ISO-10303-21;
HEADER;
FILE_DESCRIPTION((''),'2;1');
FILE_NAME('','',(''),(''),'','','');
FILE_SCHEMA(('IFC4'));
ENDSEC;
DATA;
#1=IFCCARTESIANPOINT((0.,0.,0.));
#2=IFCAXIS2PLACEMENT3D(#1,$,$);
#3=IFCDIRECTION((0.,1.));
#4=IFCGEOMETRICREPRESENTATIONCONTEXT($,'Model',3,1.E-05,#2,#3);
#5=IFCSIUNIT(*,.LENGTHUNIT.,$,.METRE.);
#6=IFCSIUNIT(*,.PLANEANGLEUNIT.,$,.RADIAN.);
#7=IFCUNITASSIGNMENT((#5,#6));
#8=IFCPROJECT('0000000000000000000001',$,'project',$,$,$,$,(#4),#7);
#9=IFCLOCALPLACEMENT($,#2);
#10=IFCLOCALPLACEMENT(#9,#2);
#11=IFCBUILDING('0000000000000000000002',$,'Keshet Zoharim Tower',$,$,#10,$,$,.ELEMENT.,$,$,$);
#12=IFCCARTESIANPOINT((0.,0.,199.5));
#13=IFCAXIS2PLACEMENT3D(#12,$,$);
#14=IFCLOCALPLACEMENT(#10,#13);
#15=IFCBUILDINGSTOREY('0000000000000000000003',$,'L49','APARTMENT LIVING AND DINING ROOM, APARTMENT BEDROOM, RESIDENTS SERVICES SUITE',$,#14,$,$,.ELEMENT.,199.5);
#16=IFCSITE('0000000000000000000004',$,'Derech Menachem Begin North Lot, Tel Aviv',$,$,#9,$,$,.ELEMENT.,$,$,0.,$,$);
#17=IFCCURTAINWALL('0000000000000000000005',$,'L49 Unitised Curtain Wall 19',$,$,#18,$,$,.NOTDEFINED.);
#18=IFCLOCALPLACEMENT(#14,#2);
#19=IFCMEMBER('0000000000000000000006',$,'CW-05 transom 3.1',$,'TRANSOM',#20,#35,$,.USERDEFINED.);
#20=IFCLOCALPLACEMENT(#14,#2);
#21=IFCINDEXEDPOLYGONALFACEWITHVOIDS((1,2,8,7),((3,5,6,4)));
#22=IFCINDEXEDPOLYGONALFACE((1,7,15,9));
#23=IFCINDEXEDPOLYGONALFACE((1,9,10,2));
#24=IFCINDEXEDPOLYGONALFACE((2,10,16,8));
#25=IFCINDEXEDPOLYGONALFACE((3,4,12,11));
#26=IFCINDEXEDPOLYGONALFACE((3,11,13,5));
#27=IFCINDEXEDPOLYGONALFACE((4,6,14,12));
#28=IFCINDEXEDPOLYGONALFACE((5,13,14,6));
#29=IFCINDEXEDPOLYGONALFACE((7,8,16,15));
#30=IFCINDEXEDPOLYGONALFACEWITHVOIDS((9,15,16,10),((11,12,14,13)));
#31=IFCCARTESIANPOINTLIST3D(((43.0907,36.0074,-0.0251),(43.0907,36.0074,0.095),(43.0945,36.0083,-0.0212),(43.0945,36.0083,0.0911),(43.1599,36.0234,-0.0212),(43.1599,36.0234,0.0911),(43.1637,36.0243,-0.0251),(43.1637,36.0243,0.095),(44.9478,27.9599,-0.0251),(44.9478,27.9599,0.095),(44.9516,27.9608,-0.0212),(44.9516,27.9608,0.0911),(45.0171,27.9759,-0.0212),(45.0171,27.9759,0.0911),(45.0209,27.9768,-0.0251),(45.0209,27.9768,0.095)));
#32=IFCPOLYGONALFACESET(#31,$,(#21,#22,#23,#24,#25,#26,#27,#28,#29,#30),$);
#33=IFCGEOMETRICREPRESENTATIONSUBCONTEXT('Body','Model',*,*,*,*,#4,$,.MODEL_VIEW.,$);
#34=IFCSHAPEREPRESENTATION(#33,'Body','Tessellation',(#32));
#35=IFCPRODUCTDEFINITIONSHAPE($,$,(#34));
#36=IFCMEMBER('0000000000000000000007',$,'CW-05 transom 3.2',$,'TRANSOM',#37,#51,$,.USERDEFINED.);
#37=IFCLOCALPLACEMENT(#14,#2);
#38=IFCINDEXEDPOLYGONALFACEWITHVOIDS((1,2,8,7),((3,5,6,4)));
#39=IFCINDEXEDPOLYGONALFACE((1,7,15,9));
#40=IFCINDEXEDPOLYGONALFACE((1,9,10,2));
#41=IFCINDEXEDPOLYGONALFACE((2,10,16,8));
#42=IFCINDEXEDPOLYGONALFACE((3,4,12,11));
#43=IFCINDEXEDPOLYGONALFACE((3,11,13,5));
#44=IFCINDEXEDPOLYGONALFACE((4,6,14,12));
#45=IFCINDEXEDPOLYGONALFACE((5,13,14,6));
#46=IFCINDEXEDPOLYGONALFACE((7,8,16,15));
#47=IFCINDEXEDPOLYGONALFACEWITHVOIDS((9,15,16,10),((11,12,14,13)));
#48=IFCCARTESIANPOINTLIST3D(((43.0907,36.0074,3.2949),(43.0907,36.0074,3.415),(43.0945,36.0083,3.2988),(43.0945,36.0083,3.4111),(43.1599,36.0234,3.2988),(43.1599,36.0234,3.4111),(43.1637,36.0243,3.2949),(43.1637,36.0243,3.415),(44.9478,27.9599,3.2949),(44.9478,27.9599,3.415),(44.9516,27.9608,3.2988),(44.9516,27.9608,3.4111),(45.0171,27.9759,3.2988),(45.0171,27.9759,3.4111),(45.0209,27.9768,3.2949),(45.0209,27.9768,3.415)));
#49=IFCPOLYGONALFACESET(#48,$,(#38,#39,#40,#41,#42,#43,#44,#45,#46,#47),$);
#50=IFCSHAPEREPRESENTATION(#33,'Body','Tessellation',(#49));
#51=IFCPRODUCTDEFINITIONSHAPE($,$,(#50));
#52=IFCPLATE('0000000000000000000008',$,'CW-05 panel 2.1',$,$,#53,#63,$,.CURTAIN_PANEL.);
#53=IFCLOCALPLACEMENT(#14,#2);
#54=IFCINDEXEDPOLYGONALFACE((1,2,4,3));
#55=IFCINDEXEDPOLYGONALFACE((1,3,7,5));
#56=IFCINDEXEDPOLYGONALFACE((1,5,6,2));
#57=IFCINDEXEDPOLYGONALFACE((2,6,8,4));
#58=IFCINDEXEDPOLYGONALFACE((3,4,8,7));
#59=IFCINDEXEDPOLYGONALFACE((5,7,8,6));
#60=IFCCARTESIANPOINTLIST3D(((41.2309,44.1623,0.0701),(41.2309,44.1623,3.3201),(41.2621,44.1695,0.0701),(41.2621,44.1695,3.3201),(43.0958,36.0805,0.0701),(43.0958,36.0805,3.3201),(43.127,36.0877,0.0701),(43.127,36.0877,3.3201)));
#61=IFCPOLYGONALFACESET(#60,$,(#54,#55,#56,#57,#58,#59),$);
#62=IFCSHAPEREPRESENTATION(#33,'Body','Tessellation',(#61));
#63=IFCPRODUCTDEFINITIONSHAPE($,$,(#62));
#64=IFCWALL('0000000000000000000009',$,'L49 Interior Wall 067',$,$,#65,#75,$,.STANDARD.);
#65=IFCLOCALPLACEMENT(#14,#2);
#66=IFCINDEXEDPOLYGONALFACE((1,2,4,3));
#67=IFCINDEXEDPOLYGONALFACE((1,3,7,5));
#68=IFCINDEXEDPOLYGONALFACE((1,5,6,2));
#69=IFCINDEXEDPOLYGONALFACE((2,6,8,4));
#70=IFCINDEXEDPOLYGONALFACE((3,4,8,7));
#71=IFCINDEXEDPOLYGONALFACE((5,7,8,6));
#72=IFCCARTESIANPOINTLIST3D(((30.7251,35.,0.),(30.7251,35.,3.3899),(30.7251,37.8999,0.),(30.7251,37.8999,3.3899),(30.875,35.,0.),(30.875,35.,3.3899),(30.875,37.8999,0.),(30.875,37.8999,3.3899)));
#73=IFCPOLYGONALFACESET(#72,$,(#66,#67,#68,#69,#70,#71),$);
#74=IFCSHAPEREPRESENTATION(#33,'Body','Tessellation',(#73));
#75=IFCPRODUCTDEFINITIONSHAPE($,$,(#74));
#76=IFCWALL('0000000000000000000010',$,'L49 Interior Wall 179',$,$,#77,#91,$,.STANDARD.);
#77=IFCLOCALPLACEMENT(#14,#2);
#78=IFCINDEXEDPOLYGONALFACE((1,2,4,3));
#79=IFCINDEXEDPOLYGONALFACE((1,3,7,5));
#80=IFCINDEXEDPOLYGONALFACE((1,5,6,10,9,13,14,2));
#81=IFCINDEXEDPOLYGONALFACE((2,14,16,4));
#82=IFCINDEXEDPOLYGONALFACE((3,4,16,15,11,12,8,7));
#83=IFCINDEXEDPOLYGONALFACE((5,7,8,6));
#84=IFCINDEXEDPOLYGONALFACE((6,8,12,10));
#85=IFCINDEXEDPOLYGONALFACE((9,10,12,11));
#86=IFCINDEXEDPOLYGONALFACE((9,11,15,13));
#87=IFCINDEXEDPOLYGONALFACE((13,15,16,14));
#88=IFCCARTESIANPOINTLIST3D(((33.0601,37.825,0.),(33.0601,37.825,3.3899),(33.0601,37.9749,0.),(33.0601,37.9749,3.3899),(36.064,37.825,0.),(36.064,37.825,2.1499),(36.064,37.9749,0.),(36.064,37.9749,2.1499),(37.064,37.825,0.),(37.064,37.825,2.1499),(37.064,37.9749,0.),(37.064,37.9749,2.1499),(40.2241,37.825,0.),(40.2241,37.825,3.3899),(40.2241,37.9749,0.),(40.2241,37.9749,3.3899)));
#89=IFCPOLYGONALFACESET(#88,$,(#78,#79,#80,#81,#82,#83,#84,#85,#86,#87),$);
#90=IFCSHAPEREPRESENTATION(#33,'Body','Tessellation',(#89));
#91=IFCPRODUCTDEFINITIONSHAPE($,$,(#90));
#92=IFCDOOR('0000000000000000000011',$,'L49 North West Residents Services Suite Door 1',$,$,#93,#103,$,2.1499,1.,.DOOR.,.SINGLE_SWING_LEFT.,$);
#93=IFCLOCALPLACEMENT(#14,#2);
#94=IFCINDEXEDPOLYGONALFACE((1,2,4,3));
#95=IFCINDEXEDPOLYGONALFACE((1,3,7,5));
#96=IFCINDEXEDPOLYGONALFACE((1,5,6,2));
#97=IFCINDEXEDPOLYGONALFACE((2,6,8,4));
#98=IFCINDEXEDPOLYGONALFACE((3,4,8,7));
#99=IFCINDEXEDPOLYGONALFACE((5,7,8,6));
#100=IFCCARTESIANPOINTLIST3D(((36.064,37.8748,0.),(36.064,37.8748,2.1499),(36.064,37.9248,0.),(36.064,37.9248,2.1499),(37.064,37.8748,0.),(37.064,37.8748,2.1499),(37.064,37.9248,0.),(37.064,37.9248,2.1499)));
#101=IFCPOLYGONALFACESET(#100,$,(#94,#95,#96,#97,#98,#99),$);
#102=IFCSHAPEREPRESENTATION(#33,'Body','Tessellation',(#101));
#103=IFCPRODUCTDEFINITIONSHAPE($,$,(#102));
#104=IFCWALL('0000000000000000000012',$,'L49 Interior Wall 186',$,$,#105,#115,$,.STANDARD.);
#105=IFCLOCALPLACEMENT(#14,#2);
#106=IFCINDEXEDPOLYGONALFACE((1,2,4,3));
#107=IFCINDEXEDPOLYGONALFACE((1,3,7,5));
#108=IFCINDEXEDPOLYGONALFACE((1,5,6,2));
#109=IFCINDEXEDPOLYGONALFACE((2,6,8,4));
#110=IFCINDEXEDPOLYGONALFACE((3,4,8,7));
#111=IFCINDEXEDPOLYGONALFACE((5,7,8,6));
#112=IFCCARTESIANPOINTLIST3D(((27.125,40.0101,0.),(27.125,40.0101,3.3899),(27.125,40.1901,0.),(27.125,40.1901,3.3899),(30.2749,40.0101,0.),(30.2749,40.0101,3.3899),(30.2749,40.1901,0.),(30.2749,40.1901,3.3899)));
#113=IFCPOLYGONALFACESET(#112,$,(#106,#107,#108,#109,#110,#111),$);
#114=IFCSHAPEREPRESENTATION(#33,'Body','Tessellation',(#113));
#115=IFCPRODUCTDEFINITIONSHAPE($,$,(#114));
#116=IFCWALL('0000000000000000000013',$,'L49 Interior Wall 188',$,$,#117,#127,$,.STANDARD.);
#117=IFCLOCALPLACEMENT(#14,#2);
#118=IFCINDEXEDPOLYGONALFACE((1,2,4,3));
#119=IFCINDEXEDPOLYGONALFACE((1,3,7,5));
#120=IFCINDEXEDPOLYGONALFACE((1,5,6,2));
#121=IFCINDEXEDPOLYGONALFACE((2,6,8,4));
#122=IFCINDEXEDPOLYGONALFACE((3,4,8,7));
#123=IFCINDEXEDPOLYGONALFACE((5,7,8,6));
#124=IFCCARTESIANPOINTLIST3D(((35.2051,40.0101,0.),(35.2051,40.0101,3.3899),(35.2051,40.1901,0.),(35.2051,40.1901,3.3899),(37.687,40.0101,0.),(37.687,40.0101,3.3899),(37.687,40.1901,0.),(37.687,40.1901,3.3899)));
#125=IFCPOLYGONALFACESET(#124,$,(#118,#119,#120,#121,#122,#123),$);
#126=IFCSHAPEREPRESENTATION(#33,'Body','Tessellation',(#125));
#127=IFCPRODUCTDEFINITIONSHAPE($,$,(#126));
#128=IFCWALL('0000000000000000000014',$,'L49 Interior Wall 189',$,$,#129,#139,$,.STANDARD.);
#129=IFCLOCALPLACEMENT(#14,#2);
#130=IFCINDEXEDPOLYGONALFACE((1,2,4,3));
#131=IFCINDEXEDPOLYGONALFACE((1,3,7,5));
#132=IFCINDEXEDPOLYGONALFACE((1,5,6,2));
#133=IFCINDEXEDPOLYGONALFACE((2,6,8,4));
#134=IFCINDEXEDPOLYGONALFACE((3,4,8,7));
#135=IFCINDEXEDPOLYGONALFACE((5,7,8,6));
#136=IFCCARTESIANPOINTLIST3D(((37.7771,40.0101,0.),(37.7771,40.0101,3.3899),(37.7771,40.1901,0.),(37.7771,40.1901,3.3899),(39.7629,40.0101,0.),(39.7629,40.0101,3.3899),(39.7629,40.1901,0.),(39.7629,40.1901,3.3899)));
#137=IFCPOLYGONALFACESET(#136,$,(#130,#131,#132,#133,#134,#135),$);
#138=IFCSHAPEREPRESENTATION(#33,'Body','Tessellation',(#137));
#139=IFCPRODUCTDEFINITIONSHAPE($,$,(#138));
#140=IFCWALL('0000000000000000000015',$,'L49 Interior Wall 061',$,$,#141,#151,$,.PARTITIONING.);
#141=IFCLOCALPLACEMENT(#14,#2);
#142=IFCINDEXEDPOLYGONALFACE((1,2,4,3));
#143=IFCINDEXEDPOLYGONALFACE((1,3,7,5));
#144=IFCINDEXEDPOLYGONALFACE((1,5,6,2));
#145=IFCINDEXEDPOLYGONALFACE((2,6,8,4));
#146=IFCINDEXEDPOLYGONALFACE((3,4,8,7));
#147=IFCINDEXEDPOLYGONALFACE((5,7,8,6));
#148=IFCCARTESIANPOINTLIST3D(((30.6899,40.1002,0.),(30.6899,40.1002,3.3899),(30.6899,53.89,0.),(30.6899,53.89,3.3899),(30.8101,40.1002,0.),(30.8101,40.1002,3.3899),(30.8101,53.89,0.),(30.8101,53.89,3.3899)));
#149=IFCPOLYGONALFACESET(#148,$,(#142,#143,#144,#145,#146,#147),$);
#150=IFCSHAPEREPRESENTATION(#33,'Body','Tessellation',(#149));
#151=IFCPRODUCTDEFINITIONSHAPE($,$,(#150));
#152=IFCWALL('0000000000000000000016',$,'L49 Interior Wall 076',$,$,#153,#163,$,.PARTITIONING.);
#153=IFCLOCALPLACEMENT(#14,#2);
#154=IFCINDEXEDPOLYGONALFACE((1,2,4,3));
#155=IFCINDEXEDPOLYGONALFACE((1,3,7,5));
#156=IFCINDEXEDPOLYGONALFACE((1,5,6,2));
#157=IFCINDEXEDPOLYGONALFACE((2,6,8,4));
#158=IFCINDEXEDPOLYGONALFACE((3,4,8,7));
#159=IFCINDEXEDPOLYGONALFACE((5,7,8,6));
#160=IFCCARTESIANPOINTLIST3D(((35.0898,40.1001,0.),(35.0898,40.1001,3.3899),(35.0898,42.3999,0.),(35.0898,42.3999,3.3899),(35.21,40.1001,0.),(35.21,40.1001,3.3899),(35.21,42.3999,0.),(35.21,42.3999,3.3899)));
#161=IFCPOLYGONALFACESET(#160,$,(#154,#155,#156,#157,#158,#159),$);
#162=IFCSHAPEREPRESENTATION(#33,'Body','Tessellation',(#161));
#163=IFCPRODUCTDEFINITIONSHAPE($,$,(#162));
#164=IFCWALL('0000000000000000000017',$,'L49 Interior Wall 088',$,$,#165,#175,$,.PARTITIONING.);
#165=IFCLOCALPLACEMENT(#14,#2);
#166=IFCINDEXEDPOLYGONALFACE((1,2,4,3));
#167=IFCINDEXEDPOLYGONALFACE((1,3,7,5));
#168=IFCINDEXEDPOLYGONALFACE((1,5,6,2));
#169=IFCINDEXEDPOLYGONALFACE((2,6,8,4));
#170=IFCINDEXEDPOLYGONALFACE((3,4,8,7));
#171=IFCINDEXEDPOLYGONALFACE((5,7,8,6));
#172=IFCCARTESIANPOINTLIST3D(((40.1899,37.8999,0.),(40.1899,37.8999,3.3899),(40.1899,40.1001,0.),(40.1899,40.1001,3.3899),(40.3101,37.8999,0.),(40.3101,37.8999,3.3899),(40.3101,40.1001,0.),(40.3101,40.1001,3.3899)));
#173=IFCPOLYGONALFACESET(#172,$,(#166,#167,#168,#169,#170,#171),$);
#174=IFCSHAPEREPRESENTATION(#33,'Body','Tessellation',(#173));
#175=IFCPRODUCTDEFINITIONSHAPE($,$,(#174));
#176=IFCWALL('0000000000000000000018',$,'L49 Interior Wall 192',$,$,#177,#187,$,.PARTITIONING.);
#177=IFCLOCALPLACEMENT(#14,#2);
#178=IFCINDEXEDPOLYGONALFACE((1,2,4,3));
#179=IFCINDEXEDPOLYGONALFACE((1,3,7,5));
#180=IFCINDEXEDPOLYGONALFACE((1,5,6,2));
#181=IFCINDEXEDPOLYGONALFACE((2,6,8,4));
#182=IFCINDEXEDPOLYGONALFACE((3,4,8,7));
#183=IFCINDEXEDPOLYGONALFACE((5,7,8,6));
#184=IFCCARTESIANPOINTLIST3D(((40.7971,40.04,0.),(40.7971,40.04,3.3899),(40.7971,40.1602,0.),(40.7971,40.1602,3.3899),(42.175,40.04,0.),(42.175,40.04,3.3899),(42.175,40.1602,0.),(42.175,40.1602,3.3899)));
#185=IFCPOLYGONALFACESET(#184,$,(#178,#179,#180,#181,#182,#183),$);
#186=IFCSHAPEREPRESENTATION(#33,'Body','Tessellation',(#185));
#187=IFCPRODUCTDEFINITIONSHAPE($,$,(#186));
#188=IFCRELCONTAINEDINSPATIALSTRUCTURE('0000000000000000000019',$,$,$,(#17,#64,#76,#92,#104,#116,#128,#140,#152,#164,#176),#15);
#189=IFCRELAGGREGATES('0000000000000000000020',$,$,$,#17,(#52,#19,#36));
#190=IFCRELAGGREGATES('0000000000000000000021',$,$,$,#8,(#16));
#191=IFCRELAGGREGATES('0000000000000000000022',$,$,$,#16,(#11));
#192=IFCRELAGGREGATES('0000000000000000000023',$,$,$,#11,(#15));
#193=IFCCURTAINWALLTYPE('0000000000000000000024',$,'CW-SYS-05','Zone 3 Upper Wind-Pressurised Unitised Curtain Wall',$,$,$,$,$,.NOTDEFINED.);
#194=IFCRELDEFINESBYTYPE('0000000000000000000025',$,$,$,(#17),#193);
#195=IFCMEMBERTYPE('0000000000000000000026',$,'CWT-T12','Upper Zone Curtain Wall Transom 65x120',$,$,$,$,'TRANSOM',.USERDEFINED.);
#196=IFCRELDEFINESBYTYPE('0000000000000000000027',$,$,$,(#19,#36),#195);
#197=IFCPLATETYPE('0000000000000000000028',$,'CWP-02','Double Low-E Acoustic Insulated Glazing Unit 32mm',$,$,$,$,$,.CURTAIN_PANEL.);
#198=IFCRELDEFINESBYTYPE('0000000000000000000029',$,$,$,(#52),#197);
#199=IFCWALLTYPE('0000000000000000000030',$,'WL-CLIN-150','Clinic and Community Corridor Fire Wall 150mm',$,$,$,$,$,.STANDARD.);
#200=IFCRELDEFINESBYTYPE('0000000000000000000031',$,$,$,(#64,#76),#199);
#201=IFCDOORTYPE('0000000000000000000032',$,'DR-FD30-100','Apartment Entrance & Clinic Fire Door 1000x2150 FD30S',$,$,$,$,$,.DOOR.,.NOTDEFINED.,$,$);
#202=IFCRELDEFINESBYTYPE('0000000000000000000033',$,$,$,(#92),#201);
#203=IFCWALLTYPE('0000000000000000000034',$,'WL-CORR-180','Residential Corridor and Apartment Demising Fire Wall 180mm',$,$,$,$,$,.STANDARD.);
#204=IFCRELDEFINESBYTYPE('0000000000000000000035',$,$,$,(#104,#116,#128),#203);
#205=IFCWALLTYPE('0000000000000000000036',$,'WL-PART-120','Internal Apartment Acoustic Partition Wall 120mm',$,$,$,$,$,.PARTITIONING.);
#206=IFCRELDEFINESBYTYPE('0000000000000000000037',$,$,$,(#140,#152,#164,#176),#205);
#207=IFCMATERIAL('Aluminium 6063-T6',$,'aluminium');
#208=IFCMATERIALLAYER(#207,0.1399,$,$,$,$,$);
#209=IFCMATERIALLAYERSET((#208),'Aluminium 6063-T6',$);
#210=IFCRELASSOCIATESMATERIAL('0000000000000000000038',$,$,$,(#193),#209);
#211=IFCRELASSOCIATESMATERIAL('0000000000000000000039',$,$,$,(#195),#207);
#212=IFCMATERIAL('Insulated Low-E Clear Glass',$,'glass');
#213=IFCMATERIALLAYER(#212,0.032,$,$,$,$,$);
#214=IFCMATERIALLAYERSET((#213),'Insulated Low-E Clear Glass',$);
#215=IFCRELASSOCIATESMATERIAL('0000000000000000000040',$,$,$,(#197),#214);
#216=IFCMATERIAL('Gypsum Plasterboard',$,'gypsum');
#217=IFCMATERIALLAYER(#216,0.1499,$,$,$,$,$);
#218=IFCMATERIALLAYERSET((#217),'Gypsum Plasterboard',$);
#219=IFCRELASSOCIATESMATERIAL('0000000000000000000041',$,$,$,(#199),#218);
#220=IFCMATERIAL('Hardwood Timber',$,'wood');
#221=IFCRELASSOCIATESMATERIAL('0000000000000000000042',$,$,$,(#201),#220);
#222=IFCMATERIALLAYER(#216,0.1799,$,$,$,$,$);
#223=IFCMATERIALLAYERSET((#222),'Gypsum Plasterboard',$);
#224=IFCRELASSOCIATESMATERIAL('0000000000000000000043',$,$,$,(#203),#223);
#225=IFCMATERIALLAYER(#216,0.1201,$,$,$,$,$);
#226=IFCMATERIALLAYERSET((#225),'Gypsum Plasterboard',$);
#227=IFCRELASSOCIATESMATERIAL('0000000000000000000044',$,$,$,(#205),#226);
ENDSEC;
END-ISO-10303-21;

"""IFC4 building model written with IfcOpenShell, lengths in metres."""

from ifc_helpers import new_model, si_unit, direction, frame, frame_2d, origin, origin_2d, place, context, subcontext, project, spatial, rectangle, hollow_rectangle, extrude, material, layer, layer_set, material_profile, profile_set, type_object, element, fill, aggregate, save


model = new_model("IFC4")

# Units and contexts
model_context = context("Model", 3, precision=1e-05, world=origin(), true_north=direction((0.0, 1.0)))
body_context = subcontext(model_context, "Body", "Model", "MODEL_VIEW")
ifc_project = project(units=[si_unit("LENGTHUNIT", "METRE"), si_unit("PLANEANGLEUNIT", "RADIAN")], contexts=[model_context])

# Site, building, storey
site_placement = place(None, origin())
site = spatial("IfcSite", under=ifc_project, at=site_placement, Name="Derech Menachem Begin North Lot, Tel Aviv", CompositionType="ELEMENT", RefElevation=0.0)
building_placement = place(site_placement, origin())
building = spatial("IfcBuilding", under=site, at=building_placement, Name="Keshet Zoharim Tower", CompositionType="ELEMENT")
storey_placement = place(building_placement, frame((0.0, 0.0, 199.5)))
storey = spatial("IfcBuildingStorey", under=building, at=storey_placement, Name="L49", Description="APARTMENT LIVING AND DINING ROOM, APARTMENT BEDROOM, RESIDENTS SERVICES SUITE", CompositionType="ELEMENT", Elevation=199.5)

# Curtain wall, members, plate
ifc_material_1 = material(Name="Aluminium 6063-T6", Category="aluminium")
ifc_layer_1 = layer(ifc_material_1, 0.1399)
ifc_layer_set_1 = layer_set([ifc_layer_1], Name="Aluminium 6063-T6")
curtain_wall_type = type_object("IfcCurtainWallType", Name="CW-SYS-05", Description="Zone 3 Upper Wind-Pressurised Unitised Curtain Wall", PredefinedType="NOTDEFINED", material=ifc_layer_set_1)
curtain_wall_placement = place(storey_placement, origin())
curtain_wall = element("IfcCurtainWall", 1, at=curtain_wall_placement, inside=storey, type_object=curtain_wall_type, Name="L49 Unitised Curtain Wall 19", PredefinedType="NOTDEFINED")
ifc_material_profile_1 = material_profile(ifc_material_1, hollow_rectangle(XDim=0.075, YDim=0.1201, WallThickness=0.0039, at=origin_2d()), Name="TRN-75x120")
ifc_profile_set_1 = profile_set([ifc_material_profile_1], Name="Aluminium 6063-T6")
member_type_1 = type_object("IfcMemberType", Name="CWT-T12", Description="Upper Zone Curtain Wall Transom 65x120", ElementType="TRANSOM", PredefinedType="USERDEFINED", material=ifc_profile_set_1)
member_1_placement = place(storey_placement, frame((43.1272, 36.0159, 0.0349), z_axis=(0.224864, -0.97439, 0.0), x_axis=(0.97439, 0.224864, 0.0)))
member_1 = element("IfcMember", 2, at=member_1_placement, type_object=member_type_1, Name="CW-05 transom 3.1", ObjectType="TRANSOM", PredefinedType="USERDEFINED", context=body_context, shape_type="SweptSolid", body=[
    extrude(hollow_rectangle(XDim=0.075, YDim=0.1201, WallThickness=0.0039, at=origin_2d()), origin(), (0.0, 0.0, 1.0), 8.259),
])
member_2_placement = place(storey_placement, frame((43.1272, 36.0159, 3.355), z_axis=(0.224864, -0.97439, 0.0), x_axis=(0.97439, 0.224864, 0.0)))
member_2 = element("IfcMember", 3, at=member_2_placement, type_object=member_type_1, Name="CW-05 transom 3.2", ObjectType="TRANSOM", PredefinedType="USERDEFINED", context=body_context, shape_type="SweptSolid", body=[
    extrude(hollow_rectangle(XDim=0.075, YDim=0.1201, WallThickness=0.0039, at=origin_2d()), origin(), (0.0, 0.0, 1.0), 8.259),
])
ifc_material_2 = material(Name="Insulated Low-E Clear Glass", Category="glass")
ifc_layer_2 = layer(ifc_material_2, 0.032)
ifc_layer_set_2 = layer_set([ifc_layer_2], Name="Insulated Low-E Clear Glass")
plate_type = type_object("IfcPlateType", Name="CWP-02", Description="Double Low-E Acoustic Insulated Glazing Unit 32mm", PredefinedType="CURTAIN_PANEL", material=ifc_layer_set_2)
plate_placement = place(storey_placement, frame((42.179, 40.125, 0.0701), z_axis=(0.0, 0.0, 1.0), x_axis=(0.224848, -0.974394, 0.0)))
plate = element("IfcPlate", 4, at=plate_placement, type_object=plate_type, Name="CW-05 panel 2.1", PredefinedType="CURTAIN_PANEL", context=body_context, shape_type="SweptSolid", body=[
    extrude(rectangle(XDim=8.2942, YDim=0.032, at=origin_2d()), origin(), (0.0, 0.0, 1.0), 3.25),
])
aggregate(curtain_wall, [plate, member_1, member_2])

# Wall
ifc_material_3 = material(Name="Gypsum Plasterboard", Category="gypsum")
ifc_layer_3 = layer(ifc_material_3, 0.1499)
ifc_layer_set_3 = layer_set([ifc_layer_3], Name="Gypsum Plasterboard")
wall_type_1 = type_object("IfcWallType", Name="WL-CLIN-150", Description="Clinic and Community Corridor Fire Wall 150mm", PredefinedType="STANDARD", material=ifc_layer_set_3)
wall_1_placement = place(storey_placement, frame((30.8, 35.0, 0.0), z_axis=(0.0, 0.0, 1.0), x_axis=(0.0, 1.0, 0.0)))
element("IfcWall", 5, at=wall_1_placement, inside=storey, type_object=wall_type_1, Name="L49 Interior Wall 067", PredefinedType="STANDARD", context=body_context, shape_type="SweptSolid", body=[
    extrude(rectangle(XDim=2.8999, YDim=0.1499, at=frame_2d((1.45, 0.0))), origin(), (0.0, 0.0, 1.0), 3.3899),
])

# Wall, opening, door
wall_2_placement = place(storey_placement, frame((33.0601, 37.8999, 0.0), z_axis=(0.0, 0.0, 1.0), x_axis=(1.0, 0.0, 0.0)))
wall_2 = element("IfcWall", 6, at=wall_2_placement, inside=storey, type_object=wall_type_1, Name="L49 Interior Wall 179", PredefinedType="STANDARD", context=body_context, shape_type="SweptSolid", body=[
    extrude(rectangle(XDim=7.1641, YDim=0.1499, at=frame_2d((3.582, 0.0))), origin(), (0.0, 0.0, 1.0), 3.3899),
])
opening_1_placement = place(wall_2_placement, frame((3.0039, 0.0, 0.0)))
opening_1 = element("IfcOpeningElement", 7, at=opening_1_placement, cuts=wall_2, PredefinedType="OPENING", context=body_context, shape_type="SweptSolid", body=[
    extrude(rectangle(XDim=1.0, YDim=2.1499, at=frame_2d((0.5, 1.075))), frame((0.0, 0.085, 0.0), z_axis=(0.0, -1.0, 0.0), x_axis=(1.0, 0.0, 0.0)), (0.0, 0.0, 1.0), 0.1699),
])
ifc_material_4 = material(Name="Hardwood Timber", Category="wood")
door_type_1 = type_object("IfcDoorType", Name="DR-FD30-100", Description="Apartment Entrance & Clinic Fire Door 1000x2150 FD30S", OperationType="NOTDEFINED", PredefinedType="DOOR", material=ifc_material_4)
door_1_placement = place(opening_1_placement, origin())
door_1 = element("IfcDoor", 8, at=door_1_placement, inside=storey, type_object=door_type_1, Name="L49 North West Residents Services Suite Door 1", OperationType="SINGLE_SWING_LEFT", OverallHeight=2.1499, OverallWidth=1.0, PredefinedType="DOOR", context=body_context, shape_type="SweptSolid", body=[
    extrude(rectangle(XDim=1.0, YDim=2.1499, at=frame_2d((0.5, 1.075))), frame((0.0, 0.0249, 0.0), z_axis=(0.0, -1.0, 0.0), x_axis=(1.0, 0.0, 0.0)), (0.0, 0.0, 1.0), 0.05),
])
fill(opening_1, door_1)

# Wall
ifc_layer_4 = layer(ifc_material_3, 0.1799)
ifc_layer_set_4 = layer_set([ifc_layer_4], Name="Gypsum Plasterboard")
wall_type_2 = type_object("IfcWallType", Name="WL-CORR-180", Description="Residential Corridor and Apartment Demising Fire Wall 180mm", PredefinedType="STANDARD", material=ifc_layer_set_4)
wall_3_placement = place(storey_placement, frame((27.125, 40.1001, 0.0), z_axis=(0.0, 0.0, 1.0), x_axis=(1.0, 0.0, 0.0)))
element("IfcWall", 9, at=wall_3_placement, inside=storey, type_object=wall_type_2, Name="L49 Interior Wall 186", PredefinedType="STANDARD", context=body_context, shape_type="SweptSolid", body=[
    extrude(rectangle(XDim=3.1499, YDim=0.1799, at=frame_2d((1.575, 0.0))), origin(), (0.0, 0.0, 1.0), 3.3899),
])

# Walls
wall_4_placement = place(storey_placement, frame((35.2051, 40.1001, 0.0), z_axis=(0.0, 0.0, 1.0), x_axis=(1.0, 0.0, 0.0)))
element("IfcWall", 10, at=wall_4_placement, inside=storey, type_object=wall_type_2, Name="L49 Interior Wall 188", PredefinedType="STANDARD", context=body_context, shape_type="SweptSolid", body=[
    extrude(rectangle(XDim=2.4819, YDim=0.1799, at=frame_2d((1.241, 0.0))), origin(), (0.0, 0.0, 1.0), 3.3899),
])
wall_5_placement = place(storey_placement, frame((37.7771, 40.1001, 0.0), z_axis=(0.0, 0.0, 1.0), x_axis=(1.0, 0.0, 0.0)))
element("IfcWall", 11, at=wall_5_placement, inside=storey, type_object=wall_type_2, Name="L49 Interior Wall 189", PredefinedType="STANDARD", context=body_context, shape_type="SweptSolid", body=[
    extrude(rectangle(XDim=1.9858, YDim=0.1799, at=frame_2d((0.9929, 0.0))), origin(), (0.0, 0.0, 1.0), 3.3899),
])
ifc_layer_5 = layer(ifc_material_3, 0.1201)
ifc_layer_set_5 = layer_set([ifc_layer_5], Name="Gypsum Plasterboard")
wall_type_3 = type_object("IfcWallType", Name="WL-PART-120", Description="Internal Apartment Acoustic Partition Wall 120mm", PredefinedType="PARTITIONING", material=ifc_layer_set_5)
wall_6_placement = place(storey_placement, frame((30.75, 40.1001, 0.0), z_axis=(0.0, 0.0, 1.0), x_axis=(0.0, 1.0, 0.0)))
element("IfcWall", 12, at=wall_6_placement, inside=storey, type_object=wall_type_3, Name="L49 Interior Wall 061", PredefinedType="PARTITIONING", context=body_context, shape_type="SweptSolid", body=[
    extrude(rectangle(XDim=13.7898, YDim=0.1201, at=frame_2d((6.895, 0.0))), origin(), (0.0, 0.0, 1.0), 3.3899),
])
wall_7_placement = place(storey_placement, frame((35.1499, 40.1001, 0.0), z_axis=(0.0, 0.0, 1.0), x_axis=(0.0, 1.0, 0.0)))
element("IfcWall", 13, at=wall_7_placement, inside=storey, type_object=wall_type_3, Name="L49 Interior Wall 076", PredefinedType="PARTITIONING", context=body_context, shape_type="SweptSolid", body=[
    extrude(rectangle(XDim=2.2998, YDim=0.1201, at=frame_2d((1.1499, 0.0))), origin(), (0.0, 0.0, 1.0), 3.3899),
])
wall_8_placement = place(storey_placement, frame((40.25, 37.8999, 0.0), z_axis=(0.0, 0.0, 1.0), x_axis=(0.0, 1.0, 0.0)))
element("IfcWall", 14, at=wall_8_placement, inside=storey, type_object=wall_type_3, Name="L49 Interior Wall 088", PredefinedType="PARTITIONING", context=body_context, shape_type="SweptSolid", body=[
    extrude(rectangle(XDim=2.2002, YDim=0.1201, at=frame_2d((1.1001, 0.0))), origin(), (0.0, 0.0, 1.0), 3.3899),
])
wall_9_placement = place(storey_placement, frame((40.7971, 40.1001, 0.0), z_axis=(0.0, 0.0, 1.0), x_axis=(1.0, 0.0, 0.0)))
element("IfcWall", 15, at=wall_9_placement, inside=storey, type_object=wall_type_3, Name="L49 Interior Wall 192", PredefinedType="PARTITIONING", context=body_context, shape_type="SweptSolid", body=[
    extrude(rectangle(XDim=1.3779, YDim=0.1201, at=frame_2d((0.689, 0.0))), origin(), (0.0, 0.0, 1.0), 3.3899),
])

save(model, "model.ifc")
